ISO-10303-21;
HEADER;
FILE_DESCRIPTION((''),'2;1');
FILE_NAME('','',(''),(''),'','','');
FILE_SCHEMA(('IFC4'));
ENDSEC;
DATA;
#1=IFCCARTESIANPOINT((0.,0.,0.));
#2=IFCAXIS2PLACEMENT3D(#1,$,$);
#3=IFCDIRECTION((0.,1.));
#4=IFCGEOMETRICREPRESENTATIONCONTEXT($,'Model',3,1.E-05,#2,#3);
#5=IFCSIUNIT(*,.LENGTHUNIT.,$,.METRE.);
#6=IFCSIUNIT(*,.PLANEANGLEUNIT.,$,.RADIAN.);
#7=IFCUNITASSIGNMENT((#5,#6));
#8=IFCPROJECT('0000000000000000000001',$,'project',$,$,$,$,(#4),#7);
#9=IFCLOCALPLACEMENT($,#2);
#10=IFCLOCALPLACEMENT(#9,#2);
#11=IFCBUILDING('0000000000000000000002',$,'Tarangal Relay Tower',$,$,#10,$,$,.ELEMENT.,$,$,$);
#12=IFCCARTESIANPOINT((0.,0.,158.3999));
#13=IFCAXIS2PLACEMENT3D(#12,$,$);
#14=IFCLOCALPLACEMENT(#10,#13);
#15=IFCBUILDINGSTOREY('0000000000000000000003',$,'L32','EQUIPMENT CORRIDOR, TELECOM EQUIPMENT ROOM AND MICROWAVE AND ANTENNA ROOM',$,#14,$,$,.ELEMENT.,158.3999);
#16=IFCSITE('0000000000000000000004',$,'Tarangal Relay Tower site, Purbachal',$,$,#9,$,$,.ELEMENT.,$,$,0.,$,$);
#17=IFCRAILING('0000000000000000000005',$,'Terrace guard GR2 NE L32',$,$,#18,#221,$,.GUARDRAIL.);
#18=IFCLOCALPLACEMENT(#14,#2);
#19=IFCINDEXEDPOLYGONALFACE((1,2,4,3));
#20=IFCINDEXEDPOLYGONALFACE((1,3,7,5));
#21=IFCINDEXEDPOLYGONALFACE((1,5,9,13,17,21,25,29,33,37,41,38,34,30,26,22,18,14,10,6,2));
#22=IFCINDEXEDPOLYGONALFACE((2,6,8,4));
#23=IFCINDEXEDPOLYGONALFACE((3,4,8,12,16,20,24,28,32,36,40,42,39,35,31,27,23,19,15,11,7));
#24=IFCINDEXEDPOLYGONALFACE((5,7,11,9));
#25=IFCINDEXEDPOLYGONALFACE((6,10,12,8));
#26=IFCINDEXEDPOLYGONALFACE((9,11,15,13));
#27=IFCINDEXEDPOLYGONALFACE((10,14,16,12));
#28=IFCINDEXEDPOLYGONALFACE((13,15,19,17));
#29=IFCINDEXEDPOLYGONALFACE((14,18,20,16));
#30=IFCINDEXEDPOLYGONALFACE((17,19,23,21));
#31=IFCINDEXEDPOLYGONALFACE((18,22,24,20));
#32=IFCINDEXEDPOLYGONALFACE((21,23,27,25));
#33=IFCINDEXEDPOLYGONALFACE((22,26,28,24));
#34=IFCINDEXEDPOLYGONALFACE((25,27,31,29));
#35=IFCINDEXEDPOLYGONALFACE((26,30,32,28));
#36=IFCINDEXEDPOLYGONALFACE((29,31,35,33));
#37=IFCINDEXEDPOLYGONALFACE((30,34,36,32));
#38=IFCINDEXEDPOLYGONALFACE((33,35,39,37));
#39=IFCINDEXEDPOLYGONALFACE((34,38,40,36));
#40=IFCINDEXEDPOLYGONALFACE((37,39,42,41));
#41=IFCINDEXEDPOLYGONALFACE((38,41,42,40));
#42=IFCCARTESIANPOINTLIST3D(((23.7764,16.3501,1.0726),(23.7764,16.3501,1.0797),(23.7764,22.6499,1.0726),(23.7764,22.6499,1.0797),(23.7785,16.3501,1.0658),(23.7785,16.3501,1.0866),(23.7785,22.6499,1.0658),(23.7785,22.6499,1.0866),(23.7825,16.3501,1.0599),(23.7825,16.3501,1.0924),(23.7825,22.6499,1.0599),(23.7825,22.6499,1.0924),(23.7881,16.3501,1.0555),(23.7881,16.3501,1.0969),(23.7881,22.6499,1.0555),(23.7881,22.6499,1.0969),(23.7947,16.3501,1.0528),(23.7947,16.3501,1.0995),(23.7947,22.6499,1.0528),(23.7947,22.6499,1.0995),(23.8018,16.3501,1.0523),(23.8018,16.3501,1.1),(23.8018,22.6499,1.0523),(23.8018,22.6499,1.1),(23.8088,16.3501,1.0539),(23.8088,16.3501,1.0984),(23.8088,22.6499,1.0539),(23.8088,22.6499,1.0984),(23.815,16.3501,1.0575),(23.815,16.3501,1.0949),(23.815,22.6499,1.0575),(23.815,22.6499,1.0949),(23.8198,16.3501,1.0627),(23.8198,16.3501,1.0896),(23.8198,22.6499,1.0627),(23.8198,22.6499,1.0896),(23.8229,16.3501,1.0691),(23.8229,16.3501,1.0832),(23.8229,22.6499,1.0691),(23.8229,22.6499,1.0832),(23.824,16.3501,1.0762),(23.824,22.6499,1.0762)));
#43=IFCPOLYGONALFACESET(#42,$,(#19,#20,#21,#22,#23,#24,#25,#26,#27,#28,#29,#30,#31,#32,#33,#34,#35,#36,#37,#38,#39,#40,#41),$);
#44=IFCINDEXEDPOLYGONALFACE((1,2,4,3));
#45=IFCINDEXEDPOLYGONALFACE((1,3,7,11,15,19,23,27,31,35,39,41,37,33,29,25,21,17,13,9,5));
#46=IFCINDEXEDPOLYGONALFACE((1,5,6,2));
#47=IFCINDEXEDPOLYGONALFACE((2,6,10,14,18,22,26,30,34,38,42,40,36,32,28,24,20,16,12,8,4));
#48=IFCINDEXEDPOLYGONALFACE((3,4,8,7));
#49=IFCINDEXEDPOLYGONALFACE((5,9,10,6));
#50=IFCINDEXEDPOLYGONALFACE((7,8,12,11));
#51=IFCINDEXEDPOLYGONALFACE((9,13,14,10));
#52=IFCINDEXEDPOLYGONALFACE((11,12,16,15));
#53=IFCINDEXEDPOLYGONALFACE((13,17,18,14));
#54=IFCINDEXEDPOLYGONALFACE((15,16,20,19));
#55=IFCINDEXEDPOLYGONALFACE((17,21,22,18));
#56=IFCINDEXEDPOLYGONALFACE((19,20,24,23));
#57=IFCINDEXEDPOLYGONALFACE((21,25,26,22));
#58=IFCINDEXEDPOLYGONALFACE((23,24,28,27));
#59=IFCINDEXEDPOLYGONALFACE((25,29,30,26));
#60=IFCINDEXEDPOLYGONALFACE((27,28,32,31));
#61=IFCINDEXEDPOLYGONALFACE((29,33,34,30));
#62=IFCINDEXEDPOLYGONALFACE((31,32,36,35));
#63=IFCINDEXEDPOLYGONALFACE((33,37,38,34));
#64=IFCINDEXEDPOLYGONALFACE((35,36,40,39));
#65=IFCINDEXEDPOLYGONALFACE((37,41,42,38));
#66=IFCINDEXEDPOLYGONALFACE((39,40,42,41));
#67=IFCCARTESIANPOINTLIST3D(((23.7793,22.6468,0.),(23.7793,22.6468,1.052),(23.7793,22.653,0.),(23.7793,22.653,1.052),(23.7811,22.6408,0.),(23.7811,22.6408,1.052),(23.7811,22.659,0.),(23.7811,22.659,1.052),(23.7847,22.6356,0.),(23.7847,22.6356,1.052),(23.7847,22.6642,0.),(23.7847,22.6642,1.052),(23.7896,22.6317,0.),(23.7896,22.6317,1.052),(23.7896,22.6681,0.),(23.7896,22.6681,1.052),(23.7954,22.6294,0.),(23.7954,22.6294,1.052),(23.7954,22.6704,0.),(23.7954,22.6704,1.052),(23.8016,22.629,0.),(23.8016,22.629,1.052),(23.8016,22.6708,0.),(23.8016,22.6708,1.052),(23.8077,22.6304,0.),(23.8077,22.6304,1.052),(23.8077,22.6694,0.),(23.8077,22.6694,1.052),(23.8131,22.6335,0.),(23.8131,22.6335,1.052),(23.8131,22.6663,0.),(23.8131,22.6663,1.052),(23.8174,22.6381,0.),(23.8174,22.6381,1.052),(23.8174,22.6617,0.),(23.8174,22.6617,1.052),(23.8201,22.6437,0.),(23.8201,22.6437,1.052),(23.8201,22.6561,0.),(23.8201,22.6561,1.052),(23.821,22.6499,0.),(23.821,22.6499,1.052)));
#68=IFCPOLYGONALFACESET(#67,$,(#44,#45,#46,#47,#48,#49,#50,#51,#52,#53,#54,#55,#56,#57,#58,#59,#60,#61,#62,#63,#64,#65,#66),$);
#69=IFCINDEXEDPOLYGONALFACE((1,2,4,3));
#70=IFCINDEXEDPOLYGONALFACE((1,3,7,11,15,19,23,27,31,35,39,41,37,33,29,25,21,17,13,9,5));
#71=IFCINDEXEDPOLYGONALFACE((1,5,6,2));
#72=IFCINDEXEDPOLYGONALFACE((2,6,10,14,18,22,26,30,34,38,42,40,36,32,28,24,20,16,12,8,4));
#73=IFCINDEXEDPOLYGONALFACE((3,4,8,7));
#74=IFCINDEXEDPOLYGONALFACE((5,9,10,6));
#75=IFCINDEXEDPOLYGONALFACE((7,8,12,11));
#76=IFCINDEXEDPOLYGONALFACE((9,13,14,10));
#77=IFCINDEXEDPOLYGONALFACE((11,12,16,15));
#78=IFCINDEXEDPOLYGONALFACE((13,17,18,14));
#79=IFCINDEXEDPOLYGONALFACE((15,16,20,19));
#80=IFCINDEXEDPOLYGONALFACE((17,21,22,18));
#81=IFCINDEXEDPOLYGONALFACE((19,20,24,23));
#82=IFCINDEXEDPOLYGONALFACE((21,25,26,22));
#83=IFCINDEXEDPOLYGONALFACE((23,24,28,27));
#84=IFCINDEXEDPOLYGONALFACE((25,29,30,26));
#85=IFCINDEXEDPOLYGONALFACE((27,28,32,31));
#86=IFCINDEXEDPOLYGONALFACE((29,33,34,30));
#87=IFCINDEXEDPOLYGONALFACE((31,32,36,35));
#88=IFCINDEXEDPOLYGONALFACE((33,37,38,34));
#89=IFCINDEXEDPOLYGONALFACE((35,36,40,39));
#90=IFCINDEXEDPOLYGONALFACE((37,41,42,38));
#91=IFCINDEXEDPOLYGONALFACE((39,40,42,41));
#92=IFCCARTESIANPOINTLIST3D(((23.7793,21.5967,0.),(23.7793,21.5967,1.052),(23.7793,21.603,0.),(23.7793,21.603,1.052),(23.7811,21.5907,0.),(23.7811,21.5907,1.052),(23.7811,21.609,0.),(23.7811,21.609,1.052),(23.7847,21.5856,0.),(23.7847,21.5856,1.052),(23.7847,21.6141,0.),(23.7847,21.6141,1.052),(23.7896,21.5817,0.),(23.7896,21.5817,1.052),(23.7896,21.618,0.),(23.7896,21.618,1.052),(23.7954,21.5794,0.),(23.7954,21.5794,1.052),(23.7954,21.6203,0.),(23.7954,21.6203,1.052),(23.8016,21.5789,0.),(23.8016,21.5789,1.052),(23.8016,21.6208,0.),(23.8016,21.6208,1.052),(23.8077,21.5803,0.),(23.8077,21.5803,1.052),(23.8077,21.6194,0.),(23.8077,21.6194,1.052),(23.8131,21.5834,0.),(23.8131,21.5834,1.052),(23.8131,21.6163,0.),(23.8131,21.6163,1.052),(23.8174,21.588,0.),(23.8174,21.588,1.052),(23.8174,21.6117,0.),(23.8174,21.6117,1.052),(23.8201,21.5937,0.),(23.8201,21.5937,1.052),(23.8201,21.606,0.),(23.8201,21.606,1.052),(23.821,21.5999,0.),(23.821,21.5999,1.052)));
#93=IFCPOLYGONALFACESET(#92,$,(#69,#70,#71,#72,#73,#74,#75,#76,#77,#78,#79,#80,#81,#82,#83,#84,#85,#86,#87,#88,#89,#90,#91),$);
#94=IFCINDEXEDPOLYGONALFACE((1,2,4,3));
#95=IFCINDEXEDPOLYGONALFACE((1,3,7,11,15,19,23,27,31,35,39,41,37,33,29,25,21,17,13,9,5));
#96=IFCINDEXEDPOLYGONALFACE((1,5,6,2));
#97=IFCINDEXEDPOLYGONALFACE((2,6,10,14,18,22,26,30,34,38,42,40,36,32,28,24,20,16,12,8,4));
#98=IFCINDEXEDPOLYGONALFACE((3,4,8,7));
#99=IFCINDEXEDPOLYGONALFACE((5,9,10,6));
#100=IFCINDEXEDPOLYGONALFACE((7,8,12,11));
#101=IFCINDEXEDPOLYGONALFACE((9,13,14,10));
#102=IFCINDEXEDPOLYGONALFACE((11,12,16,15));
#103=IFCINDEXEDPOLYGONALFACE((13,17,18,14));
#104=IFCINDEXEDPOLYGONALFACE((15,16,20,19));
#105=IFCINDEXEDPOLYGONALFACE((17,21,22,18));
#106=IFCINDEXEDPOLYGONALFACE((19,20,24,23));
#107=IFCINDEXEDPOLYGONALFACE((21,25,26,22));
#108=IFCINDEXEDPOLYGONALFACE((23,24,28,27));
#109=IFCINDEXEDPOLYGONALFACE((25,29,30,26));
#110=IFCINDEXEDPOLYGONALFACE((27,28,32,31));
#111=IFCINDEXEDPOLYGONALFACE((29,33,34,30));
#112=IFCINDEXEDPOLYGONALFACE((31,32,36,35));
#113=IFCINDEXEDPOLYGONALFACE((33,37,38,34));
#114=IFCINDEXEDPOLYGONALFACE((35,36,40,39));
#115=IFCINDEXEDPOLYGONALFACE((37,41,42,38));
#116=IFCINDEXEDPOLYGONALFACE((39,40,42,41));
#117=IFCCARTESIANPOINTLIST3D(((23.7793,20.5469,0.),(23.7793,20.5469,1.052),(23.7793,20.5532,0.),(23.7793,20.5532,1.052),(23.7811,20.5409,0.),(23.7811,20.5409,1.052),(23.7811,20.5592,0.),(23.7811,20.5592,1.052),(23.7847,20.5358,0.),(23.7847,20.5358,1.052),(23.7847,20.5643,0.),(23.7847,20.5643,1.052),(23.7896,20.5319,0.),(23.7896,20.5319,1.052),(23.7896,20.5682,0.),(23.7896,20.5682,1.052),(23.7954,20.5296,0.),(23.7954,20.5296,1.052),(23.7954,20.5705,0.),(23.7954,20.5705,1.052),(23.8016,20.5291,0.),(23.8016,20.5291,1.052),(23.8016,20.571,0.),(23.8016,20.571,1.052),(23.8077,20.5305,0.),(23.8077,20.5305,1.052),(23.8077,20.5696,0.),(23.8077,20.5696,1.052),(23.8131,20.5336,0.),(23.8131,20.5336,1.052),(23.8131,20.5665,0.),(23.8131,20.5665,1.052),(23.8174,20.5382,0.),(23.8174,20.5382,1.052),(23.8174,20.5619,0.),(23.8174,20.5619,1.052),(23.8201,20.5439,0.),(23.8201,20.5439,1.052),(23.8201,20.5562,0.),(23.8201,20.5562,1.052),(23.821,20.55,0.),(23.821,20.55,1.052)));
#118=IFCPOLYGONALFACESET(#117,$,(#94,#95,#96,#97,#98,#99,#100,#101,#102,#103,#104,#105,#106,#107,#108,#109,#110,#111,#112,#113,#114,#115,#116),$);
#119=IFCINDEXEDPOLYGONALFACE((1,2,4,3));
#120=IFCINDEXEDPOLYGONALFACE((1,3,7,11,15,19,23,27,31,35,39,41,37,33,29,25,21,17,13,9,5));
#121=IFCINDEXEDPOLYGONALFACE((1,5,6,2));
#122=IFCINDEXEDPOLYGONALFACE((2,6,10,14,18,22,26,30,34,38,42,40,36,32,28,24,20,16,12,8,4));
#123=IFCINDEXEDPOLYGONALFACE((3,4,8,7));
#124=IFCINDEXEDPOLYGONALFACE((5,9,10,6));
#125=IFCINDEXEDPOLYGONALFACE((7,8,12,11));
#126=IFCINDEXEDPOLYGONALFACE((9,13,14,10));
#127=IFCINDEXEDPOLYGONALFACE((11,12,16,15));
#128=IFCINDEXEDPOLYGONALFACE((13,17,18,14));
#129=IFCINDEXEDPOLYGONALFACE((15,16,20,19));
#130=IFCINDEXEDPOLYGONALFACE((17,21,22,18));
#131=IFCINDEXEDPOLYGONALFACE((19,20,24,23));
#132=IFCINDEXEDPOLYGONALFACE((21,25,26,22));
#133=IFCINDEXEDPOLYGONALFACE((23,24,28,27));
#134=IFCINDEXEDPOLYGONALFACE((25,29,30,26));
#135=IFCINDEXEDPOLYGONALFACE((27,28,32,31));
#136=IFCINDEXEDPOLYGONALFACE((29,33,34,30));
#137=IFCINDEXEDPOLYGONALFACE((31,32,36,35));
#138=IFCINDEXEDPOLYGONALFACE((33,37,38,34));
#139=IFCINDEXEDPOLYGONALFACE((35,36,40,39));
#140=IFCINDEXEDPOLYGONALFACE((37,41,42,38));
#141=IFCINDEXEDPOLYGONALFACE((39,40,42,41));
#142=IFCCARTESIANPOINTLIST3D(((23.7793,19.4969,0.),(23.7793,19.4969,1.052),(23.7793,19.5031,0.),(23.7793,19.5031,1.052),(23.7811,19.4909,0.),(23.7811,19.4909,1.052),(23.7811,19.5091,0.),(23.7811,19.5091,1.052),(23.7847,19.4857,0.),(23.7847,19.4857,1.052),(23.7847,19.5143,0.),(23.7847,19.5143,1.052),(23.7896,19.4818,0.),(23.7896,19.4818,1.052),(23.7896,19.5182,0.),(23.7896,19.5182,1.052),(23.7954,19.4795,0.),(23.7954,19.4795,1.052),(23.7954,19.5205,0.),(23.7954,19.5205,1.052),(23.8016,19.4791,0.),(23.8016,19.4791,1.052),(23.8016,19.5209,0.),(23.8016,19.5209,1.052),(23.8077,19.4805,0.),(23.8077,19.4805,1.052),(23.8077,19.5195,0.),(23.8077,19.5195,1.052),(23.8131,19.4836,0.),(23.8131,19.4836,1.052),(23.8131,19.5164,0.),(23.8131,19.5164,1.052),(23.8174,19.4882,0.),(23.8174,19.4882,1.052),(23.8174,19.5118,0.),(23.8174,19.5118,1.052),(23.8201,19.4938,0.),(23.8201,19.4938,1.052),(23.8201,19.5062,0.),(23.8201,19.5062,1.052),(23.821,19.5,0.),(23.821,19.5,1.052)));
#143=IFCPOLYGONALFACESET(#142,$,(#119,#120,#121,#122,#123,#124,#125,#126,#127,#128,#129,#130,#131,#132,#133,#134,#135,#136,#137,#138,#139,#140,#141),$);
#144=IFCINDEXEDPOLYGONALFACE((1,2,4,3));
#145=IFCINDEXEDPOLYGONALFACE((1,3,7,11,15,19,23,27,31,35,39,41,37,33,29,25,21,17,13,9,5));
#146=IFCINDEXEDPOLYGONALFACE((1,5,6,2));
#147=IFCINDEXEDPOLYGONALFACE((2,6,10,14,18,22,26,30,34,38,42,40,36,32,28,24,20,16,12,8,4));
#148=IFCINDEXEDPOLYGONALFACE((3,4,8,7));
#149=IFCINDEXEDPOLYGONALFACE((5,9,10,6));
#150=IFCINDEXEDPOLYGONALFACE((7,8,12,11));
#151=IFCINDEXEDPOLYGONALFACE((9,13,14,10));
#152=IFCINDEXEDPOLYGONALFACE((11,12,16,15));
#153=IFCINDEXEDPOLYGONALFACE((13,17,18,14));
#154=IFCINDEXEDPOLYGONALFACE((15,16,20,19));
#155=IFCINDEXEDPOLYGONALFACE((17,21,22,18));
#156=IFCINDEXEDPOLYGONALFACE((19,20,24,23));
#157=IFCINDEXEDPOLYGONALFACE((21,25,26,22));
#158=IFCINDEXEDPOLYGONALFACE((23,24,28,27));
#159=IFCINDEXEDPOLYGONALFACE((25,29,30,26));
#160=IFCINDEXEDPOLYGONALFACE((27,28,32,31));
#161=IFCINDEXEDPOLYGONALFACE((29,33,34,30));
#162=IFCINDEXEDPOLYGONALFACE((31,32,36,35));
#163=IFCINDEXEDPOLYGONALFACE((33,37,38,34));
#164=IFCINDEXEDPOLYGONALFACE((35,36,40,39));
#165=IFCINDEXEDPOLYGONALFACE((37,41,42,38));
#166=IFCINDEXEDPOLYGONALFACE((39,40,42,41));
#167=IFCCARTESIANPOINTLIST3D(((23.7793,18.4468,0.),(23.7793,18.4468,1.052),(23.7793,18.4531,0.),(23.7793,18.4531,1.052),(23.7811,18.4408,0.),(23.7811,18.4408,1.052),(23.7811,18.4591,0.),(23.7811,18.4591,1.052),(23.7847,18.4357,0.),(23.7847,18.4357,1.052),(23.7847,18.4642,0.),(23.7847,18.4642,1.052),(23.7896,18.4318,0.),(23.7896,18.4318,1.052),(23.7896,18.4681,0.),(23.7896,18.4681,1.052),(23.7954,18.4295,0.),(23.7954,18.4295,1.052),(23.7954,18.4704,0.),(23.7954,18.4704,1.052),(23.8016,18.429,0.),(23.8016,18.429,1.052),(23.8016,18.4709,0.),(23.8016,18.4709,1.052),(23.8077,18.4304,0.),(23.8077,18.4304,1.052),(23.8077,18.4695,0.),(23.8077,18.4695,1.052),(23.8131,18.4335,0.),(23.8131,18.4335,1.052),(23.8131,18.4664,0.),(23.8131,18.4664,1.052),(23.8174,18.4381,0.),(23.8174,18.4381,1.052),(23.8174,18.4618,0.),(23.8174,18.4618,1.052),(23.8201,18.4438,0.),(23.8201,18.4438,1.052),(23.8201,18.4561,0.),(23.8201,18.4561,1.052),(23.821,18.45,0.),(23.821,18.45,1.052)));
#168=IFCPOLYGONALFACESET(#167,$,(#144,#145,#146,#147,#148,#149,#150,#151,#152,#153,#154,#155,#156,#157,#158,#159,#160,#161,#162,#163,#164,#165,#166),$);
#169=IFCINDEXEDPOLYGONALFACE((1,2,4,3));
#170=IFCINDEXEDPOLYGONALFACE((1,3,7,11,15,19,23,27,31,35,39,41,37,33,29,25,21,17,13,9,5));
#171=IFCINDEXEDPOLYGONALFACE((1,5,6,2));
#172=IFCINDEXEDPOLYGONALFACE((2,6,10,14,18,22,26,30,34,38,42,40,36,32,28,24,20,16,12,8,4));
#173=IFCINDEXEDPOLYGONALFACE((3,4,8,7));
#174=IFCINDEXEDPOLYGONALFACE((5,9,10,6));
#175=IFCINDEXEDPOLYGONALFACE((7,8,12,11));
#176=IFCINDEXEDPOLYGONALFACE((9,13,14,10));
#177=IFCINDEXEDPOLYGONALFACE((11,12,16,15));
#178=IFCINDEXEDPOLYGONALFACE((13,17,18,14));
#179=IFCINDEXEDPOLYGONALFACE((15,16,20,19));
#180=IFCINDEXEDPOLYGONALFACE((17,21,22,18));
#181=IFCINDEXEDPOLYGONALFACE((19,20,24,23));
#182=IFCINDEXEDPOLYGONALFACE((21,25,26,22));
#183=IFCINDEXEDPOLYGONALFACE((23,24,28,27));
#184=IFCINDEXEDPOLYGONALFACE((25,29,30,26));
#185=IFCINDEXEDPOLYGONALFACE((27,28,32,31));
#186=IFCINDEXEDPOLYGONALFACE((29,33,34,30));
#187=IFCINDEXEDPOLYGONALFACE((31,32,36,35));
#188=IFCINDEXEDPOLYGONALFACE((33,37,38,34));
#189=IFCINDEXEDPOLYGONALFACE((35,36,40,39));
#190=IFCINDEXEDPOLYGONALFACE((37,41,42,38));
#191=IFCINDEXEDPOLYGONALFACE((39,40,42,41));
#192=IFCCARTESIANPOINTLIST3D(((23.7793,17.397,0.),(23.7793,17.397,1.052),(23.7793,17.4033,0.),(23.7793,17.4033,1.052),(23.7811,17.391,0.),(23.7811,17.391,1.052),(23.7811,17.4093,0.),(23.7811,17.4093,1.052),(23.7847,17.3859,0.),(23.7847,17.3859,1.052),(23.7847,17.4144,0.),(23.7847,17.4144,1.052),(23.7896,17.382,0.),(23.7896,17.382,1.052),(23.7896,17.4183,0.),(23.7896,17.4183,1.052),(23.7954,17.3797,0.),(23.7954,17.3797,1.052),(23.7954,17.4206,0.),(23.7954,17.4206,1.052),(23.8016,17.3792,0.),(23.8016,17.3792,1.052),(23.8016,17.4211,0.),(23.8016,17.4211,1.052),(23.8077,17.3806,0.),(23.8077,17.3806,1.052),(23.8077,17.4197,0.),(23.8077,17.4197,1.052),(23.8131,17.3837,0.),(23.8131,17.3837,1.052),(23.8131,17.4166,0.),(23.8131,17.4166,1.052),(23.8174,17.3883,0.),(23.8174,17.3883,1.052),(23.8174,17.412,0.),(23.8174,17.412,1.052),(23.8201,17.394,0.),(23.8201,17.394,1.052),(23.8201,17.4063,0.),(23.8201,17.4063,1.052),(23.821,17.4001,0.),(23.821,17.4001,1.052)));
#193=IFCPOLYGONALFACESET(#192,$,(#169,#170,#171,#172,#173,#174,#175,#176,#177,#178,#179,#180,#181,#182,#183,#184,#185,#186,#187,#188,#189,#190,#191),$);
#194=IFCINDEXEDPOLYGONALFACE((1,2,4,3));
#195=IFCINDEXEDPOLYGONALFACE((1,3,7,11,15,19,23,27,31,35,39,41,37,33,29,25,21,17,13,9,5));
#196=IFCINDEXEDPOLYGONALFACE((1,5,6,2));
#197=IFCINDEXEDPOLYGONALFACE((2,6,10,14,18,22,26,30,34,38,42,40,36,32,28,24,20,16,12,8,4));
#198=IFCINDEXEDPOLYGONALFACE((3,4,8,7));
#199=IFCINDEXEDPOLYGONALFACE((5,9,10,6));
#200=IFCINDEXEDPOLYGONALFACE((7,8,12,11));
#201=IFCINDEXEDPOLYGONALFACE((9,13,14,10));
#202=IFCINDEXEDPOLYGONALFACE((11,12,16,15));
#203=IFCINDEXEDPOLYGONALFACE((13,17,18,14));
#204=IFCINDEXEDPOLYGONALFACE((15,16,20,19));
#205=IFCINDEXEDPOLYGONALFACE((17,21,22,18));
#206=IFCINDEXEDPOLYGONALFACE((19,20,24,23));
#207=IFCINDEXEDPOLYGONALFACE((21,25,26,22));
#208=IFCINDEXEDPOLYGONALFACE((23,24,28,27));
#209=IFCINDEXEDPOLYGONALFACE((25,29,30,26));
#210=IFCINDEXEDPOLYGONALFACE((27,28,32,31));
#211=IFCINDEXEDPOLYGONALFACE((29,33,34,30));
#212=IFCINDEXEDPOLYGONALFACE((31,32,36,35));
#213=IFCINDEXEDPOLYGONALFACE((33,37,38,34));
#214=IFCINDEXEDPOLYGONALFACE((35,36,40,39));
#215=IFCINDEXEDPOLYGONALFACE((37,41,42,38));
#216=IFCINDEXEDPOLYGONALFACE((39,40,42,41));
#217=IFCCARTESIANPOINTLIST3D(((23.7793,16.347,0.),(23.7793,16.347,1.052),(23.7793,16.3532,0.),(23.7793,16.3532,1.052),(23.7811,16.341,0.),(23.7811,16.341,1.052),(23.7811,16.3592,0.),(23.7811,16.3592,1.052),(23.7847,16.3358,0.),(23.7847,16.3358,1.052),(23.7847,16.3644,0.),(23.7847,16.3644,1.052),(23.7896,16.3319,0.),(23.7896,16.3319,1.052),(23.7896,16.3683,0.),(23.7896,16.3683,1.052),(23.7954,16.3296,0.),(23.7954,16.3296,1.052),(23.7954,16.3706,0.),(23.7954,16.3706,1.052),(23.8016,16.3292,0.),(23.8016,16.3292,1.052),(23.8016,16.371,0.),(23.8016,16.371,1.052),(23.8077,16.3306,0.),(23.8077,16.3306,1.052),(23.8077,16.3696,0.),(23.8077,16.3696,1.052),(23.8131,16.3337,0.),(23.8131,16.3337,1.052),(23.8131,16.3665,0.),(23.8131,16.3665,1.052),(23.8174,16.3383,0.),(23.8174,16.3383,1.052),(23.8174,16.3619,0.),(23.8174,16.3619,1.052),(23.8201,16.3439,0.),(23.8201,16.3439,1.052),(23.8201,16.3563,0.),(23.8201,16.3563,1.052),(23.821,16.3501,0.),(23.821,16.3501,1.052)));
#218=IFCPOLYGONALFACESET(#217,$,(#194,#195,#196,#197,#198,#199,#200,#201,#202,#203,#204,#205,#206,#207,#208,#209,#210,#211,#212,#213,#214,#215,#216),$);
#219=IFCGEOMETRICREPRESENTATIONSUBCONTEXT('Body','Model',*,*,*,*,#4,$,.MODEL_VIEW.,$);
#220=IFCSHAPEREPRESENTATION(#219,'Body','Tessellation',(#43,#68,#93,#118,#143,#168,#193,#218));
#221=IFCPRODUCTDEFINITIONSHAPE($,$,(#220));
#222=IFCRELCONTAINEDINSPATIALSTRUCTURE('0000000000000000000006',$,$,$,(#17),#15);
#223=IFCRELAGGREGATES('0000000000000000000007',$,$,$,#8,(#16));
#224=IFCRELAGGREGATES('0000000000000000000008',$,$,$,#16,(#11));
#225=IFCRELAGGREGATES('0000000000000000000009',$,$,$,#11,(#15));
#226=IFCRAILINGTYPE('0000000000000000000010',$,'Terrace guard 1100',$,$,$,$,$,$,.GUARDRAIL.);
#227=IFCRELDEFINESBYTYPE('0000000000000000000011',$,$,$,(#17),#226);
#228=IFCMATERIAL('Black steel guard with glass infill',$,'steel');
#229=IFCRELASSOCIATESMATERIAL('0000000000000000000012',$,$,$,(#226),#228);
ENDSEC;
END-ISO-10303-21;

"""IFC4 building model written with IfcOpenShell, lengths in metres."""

from ifc_helpers import new_model, si_unit, direction, frame, origin, origin_2d, place, context, subcontext, project, spatial, circle, extrude, material, type_object, element, save


model = new_model("IFC4")

# Units and contexts
model_context = context("Model", 3, precision=1e-05, world=origin(), true_north=direction((0.0, 1.0)))
body_context = subcontext(model_context, "Body", "Model", "MODEL_VIEW")
ifc_project = project(units=[si_unit("LENGTHUNIT", "METRE"), si_unit("PLANEANGLEUNIT", "RADIAN")], contexts=[model_context])

# Site, building, storey
site_placement = place(None, origin())
site = spatial("IfcSite", under=ifc_project, at=site_placement, Name="Tarangal Relay Tower site, Purbachal", CompositionType="ELEMENT", RefElevation=0.0)
building_placement = place(site_placement, origin())
building = spatial("IfcBuilding", under=site, at=building_placement, Name="Tarangal Relay Tower", CompositionType="ELEMENT")
storey_placement = place(building_placement, frame((0.0, 0.0, 158.3999)))
storey = spatial("IfcBuildingStorey", under=building, at=storey_placement, Name="L32", Description="EQUIPMENT CORRIDOR, TELECOM EQUIPMENT ROOM AND MICROWAVE AND ANTENNA ROOM", CompositionType="ELEMENT", Elevation=158.3999)

# Railing
ifc_material_1 = material(Name="Black steel guard with glass infill", Category="steel")
railing_type = type_object("IfcRailingType", Name="Terrace guard 1100", PredefinedType="GUARDRAIL", material=ifc_material_1)
railing_1_placement = place(storey_placement, frame((23.8, 22.6499, 0.0)))
element("IfcRailing", 1, at=railing_1_placement, inside=storey, type_object=railing_type, Name="Terrace guard GR2 NE L32", PredefinedType="GUARDRAIL", context=body_context, shape_type="SweptSolid", body=[
    extrude(circle(Radius=0.0239, at=origin_2d()), frame((0.0, 0.0, 1.0762), z_axis=(0.0, -1.0, 0.0), x_axis=(1.0, 0.0, 0.0)), (0.0, 0.0, 1.0), 6.2998),
    extrude(circle(Radius=0.021, at=origin_2d()), origin(), (0.0, 0.0, 1.0), 1.052),
    extrude(circle(Radius=0.021, at=origin_2d()), frame((0.0, -1.05, 0.0)), (0.0, 0.0, 1.0), 1.052),
    extrude(circle(Radius=0.021, at=origin_2d()), frame((0.0, -2.0999, 0.0)), (0.0, 0.0, 1.0), 1.052),
    extrude(circle(Radius=0.021, at=origin_2d()), frame((0.0, -3.1499, 0.0)), (0.0, 0.0, 1.0), 1.052),
    extrude(circle(Radius=0.021, at=origin_2d()), frame((0.0, -4.2, 0.0)), (0.0, 0.0, 1.0), 1.052),
    extrude(circle(Radius=0.021, at=origin_2d()), frame((0.0, -5.2498, 0.0)), (0.0, 0.0, 1.0), 1.052),
    extrude(circle(Radius=0.021, at=origin_2d()), frame((0.0, -6.2998, 0.0)), (0.0, 0.0, 1.0), 1.052),
])

save(model, "model.ifc")
